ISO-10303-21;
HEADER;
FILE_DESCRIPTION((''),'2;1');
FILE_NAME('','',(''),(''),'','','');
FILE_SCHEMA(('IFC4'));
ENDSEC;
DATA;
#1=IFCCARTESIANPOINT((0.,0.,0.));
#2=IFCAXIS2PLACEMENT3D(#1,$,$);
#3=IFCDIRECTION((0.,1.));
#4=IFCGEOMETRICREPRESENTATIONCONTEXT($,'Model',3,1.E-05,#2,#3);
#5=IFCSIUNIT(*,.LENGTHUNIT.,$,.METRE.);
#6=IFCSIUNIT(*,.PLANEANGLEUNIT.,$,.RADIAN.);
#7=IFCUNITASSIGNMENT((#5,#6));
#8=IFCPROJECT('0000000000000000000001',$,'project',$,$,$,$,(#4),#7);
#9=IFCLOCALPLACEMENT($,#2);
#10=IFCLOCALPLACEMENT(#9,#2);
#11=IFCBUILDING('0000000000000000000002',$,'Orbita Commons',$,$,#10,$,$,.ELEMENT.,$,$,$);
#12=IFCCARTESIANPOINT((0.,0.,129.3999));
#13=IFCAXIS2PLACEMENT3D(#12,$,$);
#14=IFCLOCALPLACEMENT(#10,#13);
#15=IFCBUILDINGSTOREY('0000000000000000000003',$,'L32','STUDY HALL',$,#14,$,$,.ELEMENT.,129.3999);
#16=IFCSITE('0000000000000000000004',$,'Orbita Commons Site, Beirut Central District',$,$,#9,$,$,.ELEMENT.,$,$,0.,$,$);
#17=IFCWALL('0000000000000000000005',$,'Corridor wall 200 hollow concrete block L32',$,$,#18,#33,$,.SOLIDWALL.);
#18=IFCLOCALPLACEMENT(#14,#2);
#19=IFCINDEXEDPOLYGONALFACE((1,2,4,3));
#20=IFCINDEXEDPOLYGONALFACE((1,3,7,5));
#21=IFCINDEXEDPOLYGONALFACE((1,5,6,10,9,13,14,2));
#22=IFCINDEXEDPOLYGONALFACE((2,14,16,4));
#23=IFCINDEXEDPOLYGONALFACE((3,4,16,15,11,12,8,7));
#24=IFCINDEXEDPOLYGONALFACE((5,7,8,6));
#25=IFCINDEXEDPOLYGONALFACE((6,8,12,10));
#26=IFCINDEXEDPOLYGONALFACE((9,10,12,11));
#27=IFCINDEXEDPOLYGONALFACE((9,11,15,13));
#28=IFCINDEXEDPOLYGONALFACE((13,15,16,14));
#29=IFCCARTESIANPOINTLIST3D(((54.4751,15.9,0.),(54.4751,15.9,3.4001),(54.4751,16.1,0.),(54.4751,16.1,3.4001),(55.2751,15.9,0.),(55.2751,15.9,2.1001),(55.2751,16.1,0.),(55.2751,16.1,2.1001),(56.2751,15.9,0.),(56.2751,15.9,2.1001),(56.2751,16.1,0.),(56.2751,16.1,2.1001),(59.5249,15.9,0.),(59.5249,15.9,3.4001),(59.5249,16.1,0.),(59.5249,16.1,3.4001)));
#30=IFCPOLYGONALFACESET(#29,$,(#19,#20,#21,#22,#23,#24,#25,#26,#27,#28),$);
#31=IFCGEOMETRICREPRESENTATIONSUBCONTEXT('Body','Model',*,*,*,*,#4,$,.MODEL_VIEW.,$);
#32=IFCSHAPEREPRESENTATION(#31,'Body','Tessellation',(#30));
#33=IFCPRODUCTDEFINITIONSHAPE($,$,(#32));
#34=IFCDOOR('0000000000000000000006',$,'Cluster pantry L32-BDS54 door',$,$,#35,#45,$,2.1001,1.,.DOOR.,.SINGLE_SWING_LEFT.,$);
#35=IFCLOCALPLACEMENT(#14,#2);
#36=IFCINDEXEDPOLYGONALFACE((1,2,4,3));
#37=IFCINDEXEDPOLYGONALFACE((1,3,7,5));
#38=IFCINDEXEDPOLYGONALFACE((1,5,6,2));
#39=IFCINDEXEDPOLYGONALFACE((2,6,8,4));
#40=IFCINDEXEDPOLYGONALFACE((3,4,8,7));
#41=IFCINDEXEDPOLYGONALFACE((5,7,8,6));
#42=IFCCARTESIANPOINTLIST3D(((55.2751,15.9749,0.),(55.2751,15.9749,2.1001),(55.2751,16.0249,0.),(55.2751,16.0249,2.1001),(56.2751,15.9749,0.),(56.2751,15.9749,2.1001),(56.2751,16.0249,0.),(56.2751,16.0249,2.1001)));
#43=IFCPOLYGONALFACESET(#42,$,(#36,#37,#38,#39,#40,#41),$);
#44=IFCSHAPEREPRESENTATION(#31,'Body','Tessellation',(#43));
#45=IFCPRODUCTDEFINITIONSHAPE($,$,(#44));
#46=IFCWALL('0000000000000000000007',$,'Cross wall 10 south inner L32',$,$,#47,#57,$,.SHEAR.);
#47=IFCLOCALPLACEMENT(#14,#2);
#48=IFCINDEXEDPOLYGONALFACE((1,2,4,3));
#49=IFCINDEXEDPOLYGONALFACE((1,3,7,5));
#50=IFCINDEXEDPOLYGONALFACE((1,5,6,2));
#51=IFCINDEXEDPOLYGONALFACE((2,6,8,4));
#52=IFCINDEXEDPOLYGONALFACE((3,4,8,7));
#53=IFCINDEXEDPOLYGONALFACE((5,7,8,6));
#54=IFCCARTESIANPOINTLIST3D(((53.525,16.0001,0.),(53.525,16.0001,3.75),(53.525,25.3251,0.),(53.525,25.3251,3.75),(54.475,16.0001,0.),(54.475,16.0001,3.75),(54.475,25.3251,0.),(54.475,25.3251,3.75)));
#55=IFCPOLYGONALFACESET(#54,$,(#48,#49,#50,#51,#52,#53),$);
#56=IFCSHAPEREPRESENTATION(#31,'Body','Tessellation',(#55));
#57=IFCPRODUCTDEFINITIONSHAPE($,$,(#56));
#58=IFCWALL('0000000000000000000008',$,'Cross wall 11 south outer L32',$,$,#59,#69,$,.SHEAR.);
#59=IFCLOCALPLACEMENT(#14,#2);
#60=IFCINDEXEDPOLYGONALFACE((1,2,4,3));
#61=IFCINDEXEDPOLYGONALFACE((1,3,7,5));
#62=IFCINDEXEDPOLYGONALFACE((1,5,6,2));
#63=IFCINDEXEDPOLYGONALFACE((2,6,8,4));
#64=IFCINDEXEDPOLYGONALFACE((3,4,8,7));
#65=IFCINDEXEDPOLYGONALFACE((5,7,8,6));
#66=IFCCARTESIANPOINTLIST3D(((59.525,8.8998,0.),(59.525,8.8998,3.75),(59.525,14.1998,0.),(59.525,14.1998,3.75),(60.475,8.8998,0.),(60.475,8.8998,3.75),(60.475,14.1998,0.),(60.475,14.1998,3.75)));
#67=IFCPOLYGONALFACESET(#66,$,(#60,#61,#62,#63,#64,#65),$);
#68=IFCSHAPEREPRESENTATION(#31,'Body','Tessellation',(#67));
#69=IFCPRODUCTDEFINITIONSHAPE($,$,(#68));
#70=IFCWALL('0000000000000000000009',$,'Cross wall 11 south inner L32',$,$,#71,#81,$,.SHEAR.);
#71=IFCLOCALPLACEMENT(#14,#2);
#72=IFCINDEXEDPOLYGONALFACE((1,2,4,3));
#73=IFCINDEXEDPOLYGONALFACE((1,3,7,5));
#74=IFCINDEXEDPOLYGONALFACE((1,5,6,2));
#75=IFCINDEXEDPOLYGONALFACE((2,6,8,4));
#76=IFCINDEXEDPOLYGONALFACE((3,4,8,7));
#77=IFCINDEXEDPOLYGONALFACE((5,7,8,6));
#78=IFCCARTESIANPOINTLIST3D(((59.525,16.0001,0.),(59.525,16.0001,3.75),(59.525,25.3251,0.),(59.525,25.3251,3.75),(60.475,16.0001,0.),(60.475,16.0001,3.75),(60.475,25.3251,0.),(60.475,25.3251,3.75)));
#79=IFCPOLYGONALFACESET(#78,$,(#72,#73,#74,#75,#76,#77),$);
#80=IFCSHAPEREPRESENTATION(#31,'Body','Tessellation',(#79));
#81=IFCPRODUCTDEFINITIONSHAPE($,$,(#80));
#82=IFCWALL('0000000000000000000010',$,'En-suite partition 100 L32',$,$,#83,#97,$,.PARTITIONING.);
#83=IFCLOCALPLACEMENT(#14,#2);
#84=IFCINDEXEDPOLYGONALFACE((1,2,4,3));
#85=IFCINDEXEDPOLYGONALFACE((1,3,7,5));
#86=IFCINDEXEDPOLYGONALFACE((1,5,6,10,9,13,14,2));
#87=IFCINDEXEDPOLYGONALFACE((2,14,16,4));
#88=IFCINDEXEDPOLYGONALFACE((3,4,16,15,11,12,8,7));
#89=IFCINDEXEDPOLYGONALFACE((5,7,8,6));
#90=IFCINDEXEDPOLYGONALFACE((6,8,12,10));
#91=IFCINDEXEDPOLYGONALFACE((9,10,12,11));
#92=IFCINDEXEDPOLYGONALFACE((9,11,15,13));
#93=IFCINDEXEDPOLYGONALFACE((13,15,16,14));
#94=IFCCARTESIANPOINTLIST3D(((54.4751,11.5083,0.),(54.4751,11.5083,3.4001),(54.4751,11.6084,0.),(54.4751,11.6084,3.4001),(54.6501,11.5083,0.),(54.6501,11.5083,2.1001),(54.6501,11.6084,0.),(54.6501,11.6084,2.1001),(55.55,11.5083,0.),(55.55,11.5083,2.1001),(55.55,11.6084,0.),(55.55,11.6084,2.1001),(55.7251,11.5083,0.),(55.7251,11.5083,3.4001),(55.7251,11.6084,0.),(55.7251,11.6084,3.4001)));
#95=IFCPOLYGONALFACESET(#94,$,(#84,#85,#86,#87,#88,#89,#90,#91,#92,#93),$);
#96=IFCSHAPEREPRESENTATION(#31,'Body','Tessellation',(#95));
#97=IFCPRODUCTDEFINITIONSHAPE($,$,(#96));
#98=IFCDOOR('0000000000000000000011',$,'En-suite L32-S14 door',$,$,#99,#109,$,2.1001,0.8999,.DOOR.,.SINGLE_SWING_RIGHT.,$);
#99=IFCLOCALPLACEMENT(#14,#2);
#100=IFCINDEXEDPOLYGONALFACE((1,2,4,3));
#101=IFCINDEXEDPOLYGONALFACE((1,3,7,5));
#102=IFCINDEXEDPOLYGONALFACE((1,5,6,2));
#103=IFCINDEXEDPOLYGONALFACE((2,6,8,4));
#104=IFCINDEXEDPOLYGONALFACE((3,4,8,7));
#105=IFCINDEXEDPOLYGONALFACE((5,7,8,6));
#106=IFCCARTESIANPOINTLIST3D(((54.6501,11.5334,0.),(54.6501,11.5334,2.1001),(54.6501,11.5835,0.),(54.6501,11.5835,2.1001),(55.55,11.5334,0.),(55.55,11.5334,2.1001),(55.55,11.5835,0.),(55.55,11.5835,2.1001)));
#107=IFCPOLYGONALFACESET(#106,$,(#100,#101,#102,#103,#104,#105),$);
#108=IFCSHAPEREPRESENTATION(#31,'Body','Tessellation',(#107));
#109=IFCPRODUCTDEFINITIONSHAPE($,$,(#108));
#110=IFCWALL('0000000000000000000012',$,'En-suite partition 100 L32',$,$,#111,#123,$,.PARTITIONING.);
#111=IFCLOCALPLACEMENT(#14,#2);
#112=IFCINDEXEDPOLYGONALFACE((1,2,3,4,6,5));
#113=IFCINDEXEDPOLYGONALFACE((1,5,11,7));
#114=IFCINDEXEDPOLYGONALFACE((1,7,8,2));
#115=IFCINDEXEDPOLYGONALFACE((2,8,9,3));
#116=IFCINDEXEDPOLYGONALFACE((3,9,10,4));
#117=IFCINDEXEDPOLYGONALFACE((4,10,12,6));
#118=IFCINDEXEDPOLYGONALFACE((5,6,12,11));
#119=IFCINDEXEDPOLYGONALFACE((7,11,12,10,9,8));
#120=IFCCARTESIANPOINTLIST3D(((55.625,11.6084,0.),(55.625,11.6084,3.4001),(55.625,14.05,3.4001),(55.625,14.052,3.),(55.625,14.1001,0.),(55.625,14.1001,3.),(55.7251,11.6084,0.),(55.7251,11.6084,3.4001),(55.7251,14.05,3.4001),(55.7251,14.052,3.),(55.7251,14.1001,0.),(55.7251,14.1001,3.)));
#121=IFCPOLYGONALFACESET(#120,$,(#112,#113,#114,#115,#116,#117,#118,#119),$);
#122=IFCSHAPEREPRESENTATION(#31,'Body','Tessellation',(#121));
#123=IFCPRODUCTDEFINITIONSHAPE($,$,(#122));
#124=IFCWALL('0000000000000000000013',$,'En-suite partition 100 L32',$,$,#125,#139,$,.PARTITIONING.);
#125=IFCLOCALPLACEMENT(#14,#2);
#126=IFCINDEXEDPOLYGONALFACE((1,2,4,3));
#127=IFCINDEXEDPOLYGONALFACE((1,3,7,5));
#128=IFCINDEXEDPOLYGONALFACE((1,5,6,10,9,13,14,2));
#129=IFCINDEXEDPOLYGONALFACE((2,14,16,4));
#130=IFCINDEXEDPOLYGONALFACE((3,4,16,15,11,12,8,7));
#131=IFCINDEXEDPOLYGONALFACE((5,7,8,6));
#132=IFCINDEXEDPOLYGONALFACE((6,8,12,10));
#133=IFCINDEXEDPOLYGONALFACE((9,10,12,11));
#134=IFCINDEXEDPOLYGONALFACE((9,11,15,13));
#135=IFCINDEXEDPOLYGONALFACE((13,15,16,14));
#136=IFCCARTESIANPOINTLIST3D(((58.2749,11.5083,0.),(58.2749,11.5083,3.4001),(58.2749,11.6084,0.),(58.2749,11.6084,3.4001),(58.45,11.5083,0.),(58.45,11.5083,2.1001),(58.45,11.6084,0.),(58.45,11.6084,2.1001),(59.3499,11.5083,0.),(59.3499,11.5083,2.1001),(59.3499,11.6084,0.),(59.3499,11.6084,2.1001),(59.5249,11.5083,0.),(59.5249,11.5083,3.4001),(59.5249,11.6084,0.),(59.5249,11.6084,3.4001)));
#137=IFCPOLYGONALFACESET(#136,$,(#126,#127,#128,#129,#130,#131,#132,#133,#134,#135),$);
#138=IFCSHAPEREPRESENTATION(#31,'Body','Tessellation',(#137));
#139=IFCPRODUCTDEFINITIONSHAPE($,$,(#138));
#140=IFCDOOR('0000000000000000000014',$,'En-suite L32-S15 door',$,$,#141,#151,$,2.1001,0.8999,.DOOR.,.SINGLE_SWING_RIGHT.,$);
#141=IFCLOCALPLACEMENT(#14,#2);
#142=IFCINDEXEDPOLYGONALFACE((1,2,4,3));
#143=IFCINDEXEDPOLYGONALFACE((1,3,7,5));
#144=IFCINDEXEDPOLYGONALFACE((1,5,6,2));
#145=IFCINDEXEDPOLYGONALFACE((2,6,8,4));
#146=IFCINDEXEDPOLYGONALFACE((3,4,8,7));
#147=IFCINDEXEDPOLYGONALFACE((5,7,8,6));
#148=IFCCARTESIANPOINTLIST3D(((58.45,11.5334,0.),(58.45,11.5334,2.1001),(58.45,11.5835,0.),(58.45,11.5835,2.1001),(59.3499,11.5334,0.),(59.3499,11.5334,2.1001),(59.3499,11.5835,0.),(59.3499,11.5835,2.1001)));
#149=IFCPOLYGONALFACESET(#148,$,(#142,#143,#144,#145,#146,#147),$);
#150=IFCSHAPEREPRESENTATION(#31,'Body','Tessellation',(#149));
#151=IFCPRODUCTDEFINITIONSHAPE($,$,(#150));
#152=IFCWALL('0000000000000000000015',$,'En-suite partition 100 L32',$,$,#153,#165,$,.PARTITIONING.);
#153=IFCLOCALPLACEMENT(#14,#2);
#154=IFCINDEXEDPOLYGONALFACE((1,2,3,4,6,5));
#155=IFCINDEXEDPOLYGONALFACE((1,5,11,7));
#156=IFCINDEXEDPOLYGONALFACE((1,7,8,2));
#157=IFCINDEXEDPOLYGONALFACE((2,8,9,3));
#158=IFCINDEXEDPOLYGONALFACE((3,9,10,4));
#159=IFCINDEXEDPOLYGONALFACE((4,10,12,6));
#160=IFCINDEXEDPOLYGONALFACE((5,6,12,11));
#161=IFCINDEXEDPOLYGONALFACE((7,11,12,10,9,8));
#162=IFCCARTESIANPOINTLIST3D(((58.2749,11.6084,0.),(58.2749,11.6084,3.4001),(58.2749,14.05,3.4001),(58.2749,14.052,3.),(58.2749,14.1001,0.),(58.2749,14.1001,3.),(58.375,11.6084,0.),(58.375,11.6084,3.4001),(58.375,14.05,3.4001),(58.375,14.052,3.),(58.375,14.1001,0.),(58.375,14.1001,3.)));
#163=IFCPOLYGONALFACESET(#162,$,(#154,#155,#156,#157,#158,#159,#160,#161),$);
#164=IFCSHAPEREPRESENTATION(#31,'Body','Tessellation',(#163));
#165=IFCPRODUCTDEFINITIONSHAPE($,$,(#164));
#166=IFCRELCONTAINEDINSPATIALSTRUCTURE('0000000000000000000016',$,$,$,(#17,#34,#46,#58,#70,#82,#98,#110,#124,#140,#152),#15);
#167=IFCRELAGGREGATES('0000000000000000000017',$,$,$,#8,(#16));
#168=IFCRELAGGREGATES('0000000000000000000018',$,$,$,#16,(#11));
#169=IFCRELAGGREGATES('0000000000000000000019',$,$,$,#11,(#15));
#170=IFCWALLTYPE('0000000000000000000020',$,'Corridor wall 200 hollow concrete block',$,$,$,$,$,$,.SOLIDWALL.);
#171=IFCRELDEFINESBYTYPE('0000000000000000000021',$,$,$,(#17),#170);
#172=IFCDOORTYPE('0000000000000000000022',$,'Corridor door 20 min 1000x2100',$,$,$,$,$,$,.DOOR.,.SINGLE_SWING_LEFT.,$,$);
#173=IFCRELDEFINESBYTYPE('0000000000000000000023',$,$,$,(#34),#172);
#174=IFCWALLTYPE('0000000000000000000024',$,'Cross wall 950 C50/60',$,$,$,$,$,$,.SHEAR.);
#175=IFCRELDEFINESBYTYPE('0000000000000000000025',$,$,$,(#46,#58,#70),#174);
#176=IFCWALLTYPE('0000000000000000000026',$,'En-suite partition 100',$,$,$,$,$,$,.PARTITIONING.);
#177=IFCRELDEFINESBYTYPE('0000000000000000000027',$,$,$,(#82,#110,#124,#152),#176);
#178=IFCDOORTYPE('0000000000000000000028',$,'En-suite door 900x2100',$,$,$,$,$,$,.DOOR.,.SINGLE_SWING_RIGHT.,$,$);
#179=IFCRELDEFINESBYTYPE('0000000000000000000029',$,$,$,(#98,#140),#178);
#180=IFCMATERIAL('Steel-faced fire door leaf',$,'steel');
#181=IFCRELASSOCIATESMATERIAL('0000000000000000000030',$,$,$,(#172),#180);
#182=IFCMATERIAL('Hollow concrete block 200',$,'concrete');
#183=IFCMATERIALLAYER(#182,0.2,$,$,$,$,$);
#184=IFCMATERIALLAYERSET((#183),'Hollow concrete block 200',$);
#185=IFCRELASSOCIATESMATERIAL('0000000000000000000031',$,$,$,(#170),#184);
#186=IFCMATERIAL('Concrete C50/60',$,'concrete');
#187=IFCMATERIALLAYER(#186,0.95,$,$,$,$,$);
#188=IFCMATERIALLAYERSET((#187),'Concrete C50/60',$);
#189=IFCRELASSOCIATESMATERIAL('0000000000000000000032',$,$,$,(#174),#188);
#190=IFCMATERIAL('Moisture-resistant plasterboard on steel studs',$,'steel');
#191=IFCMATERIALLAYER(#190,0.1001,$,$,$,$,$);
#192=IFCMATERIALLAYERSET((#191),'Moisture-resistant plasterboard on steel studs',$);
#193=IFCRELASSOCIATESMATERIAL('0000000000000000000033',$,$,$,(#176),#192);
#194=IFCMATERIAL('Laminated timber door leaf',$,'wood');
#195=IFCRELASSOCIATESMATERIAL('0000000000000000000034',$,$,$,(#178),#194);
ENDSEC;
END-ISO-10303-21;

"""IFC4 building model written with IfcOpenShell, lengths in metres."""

from ifc_helpers import new_model, si_unit, direction, frame, frame_2d, origin, place, context, subcontext, project, spatial, polyline, rectangle, outline, extrude, material, layer, layer_set, type_object, element, fill, save


model = new_model("IFC4")

# Units and contexts
model_context = context("Model", 3, precision=1e-05, world=origin(), true_north=direction((0.0, 1.0)))
body_context = subcontext(model_context, "Body", "Model", "MODEL_VIEW")
ifc_project = project(units=[si_unit("LENGTHUNIT", "METRE"), si_unit("PLANEANGLEUNIT", "RADIAN")], contexts=[model_context])

# Site, building, storey
site_placement = place(None, origin())
site = spatial("IfcSite", under=ifc_project, at=site_placement, Name="Orbita Commons Site, Beirut Central District", CompositionType="ELEMENT", RefElevation=0.0)
building_placement = place(site_placement, origin())
building = spatial("IfcBuilding", under=site, at=building_placement, Name="Orbita Commons", CompositionType="ELEMENT")
storey_placement = place(building_placement, frame((0.0, 0.0, 129.3999)))
storey = spatial("IfcBuildingStorey", under=building, at=storey_placement, Name="L32", Description="STUDY HALL", CompositionType="ELEMENT", Elevation=129.3999)

# Wall, opening, door
ifc_material_1 = material(Name="Steel-faced fire door leaf", Category="steel")
door_type_1 = type_object("IfcDoorType", Name="Corridor door 20 min 1000x2100", OperationType="SINGLE_SWING_LEFT", PredefinedType="DOOR", material=ifc_material_1)
ifc_material_2 = material(Name="Hollow concrete block 200", Category="concrete")
ifc_layer_1 = layer(ifc_material_2, 0.2)
ifc_layer_set_1 = layer_set([ifc_layer_1], Name="Hollow concrete block 200")
wall_type_1 = type_object("IfcWallType", Name="Corridor wall 200 hollow concrete block", PredefinedType="SOLIDWALL", material=ifc_layer_set_1)
wall_1_placement = place(storey_placement, frame((54.4751, 16.0, 0.0), z_axis=(0.0, 0.0, 1.0), x_axis=(1.0, 0.0, 0.0)))
wall_1 = element("IfcWall", 1, at=wall_1_placement, inside=storey, type_object=wall_type_1, Name="Corridor wall 200 hollow concrete block L32", PredefinedType="SOLIDWALL", context=body_context, shape_type="SweptSolid", body=[
    extrude(rectangle(XDim=5.0498, YDim=0.2, at=frame_2d((2.5249, 0.0))), origin(), (0.0, 0.0, 1.0), 3.4001),
])
opening_1_placement = place(wall_1_placement, frame((0.8, 0.0, 0.0)))
opening_1 = element("IfcOpeningElement", 2, at=opening_1_placement, cuts=wall_1, PredefinedType="OPENING", context=body_context, shape_type="SweptSolid", body=[
    extrude(rectangle(XDim=1.0, YDim=2.1001, at=frame_2d((0.5, 1.05))), frame((0.0, 0.1099, 0.0), z_axis=(0.0, -1.0, 0.0), x_axis=(1.0, 0.0, 0.0)), (0.0, 0.0, 1.0), 0.22),
])
door_1_placement = place(opening_1_placement, origin())
door_1 = element("IfcDoor", 3, at=door_1_placement, inside=storey, type_object=door_type_1, Name="Cluster pantry L32-BDS54 door", OperationType="SINGLE_SWING_LEFT", OverallHeight=2.1001, OverallWidth=1.0, PredefinedType="DOOR", context=body_context, shape_type="SweptSolid", body=[
    extrude(rectangle(XDim=1.0, YDim=2.1001, at=frame_2d((0.5, 1.05))), frame((0.0, 0.0249, 0.0), z_axis=(0.0, -1.0, 0.0), x_axis=(1.0, 0.0, 0.0)), (0.0, 0.0, 1.0), 0.05),
])
fill(opening_1, door_1)

# Walls
ifc_material_3 = material(Name="Concrete C50/60", Category="concrete")
ifc_layer_2 = layer(ifc_material_3, 0.95)
ifc_layer_set_2 = layer_set([ifc_layer_2], Name="Concrete C50/60")
wall_type_2 = type_object("IfcWallType", Name="Cross wall 950 C50/60", PredefinedType="SHEAR", material=ifc_layer_set_2)
wall_2_placement = place(storey_placement, frame((54.0, 16.0, 0.0), z_axis=(0.0, 0.0, 1.0), x_axis=(0.0, 1.0, 0.0)))
element("IfcWall", 4, at=wall_2_placement, inside=storey, type_object=wall_type_2, Name="Cross wall 10 south inner L32", PredefinedType="SHEAR", context=body_context, shape_type="SweptSolid", body=[
    extrude(rectangle(XDim=9.325, YDim=0.95, at=frame_2d((4.6626, 0.0))), origin(), (0.0, 0.0, 1.0), 3.75),
])
wall_3_placement = place(storey_placement, frame((60.0, 8.8999, 0.0), z_axis=(0.0, 0.0, 1.0), x_axis=(0.0, 1.0, 0.0)))
element("IfcWall", 5, at=wall_3_placement, inside=storey, type_object=wall_type_2, Name="Cross wall 11 south outer L32", PredefinedType="SHEAR", context=body_context, shape_type="SweptSolid", body=[
    extrude(rectangle(XDim=5.3, YDim=0.95, at=frame_2d((2.6499, 0.0))), origin(), (0.0, 0.0, 1.0), 3.75),
])
wall_4_placement = place(storey_placement, frame((60.0, 16.0, 0.0), z_axis=(0.0, 0.0, 1.0), x_axis=(0.0, 1.0, 0.0)))
element("IfcWall", 6, at=wall_4_placement, inside=storey, type_object=wall_type_2, Name="Cross wall 11 south inner L32", PredefinedType="SHEAR", context=body_context, shape_type="SweptSolid", body=[
    extrude(rectangle(XDim=9.325, YDim=0.95, at=frame_2d((4.6626, 0.0))), origin(), (0.0, 0.0, 1.0), 3.75),
])

# Wall, opening, door
ifc_material_4 = material(Name="Moisture-resistant plasterboard on steel studs", Category="steel")
ifc_layer_3 = layer(ifc_material_4, 0.1001)
ifc_layer_set_3 = layer_set([ifc_layer_3], Name="Moisture-resistant plasterboard on steel studs")
wall_type_3 = type_object("IfcWallType", Name="En-suite partition 100", PredefinedType="PARTITIONING", material=ifc_layer_set_3)
wall_5_placement = place(storey_placement, frame((55.7251, 11.5583, 0.0), z_axis=(0.0, 0.0, 1.0), x_axis=(-1.0, 0.0, 0.0)))
wall_5 = element("IfcWall", 7, at=wall_5_placement, inside=storey, type_object=wall_type_3, Name="En-suite partition 100 L32", PredefinedType="PARTITIONING", context=body_context, shape_type="SweptSolid", body=[
    extrude(rectangle(XDim=1.25, YDim=0.1001, at=frame_2d((0.625, 0.0))), origin(), (0.0, 0.0, 1.0), 3.4001),
])
opening_2_placement = place(wall_5_placement, frame((0.175, 0.0, 0.0)))
opening_2 = element("IfcOpeningElement", 8, at=opening_2_placement, cuts=wall_5, PredefinedType="OPENING", context=body_context, shape_type="SweptSolid", body=[
    extrude(rectangle(XDim=0.8999, YDim=2.1001, at=frame_2d((0.45, 1.05))), frame((0.0, 0.0601, 0.0), z_axis=(0.0, -1.0, 0.0), x_axis=(1.0, 0.0, 0.0)), (0.0, 0.0, 1.0), 0.1201),
])
ifc_material_5 = material(Name="Laminated timber door leaf", Category="wood")
door_type_2 = type_object("IfcDoorType", Name="En-suite door 900x2100", OperationType="SINGLE_SWING_RIGHT", PredefinedType="DOOR", material=ifc_material_5)
door_2_placement = place(opening_2_placement, origin())
door_2 = element("IfcDoor", 9, at=door_2_placement, inside=storey, type_object=door_type_2, Name="En-suite L32-S14 door", OperationType="SINGLE_SWING_RIGHT", OverallHeight=2.1001, OverallWidth=0.8999, PredefinedType="DOOR", context=body_context, shape_type="SweptSolid", body=[
    extrude(rectangle(XDim=0.8999, YDim=2.1001, at=frame_2d((0.45, 1.05))), frame((0.0, 0.0249, 0.0), z_axis=(0.0, -1.0, 0.0), x_axis=(1.0, 0.0, 0.0)), (0.0, 0.0, 1.0), 0.05),
])
fill(opening_2, door_2)

# Wall
wall_6_placement = place(storey_placement, frame((55.675, 11.6084, 0.0), z_axis=(0.0, 0.0, 1.0), x_axis=(0.0, 1.0, 0.0)))
element("IfcWall", 10, at=wall_6_placement, inside=storey, type_object=wall_type_3, Name="En-suite partition 100 L32", PredefinedType="PARTITIONING", context=body_context, shape_type="SweptSolid", body=[
    extrude(outline(polyline([(0.0, 0.0), (2.4917, 0.0), (2.4917, 3.0), (2.4436, 3.0), (2.4417, 3.4001), (0.0, 3.4001), (0.0, 0.0)])), frame((0.0, 0.05, 0.0), z_axis=(0.0, -1.0, 0.0), x_axis=(1.0, 0.0, 0.0)), (0.0, 0.0, 1.0), 0.1001),
])

# Wall, opening, door
wall_7_placement = place(storey_placement, frame((59.5249, 11.5583, 0.0), z_axis=(0.0, 0.0, 1.0), x_axis=(-1.0, 0.0, 0.0)))
wall_7 = element("IfcWall", 11, at=wall_7_placement, inside=storey, type_object=wall_type_3, Name="En-suite partition 100 L32", PredefinedType="PARTITIONING", context=body_context, shape_type="SweptSolid", body=[
    extrude(rectangle(XDim=1.25, YDim=0.1001, at=frame_2d((0.625, 0.0))), origin(), (0.0, 0.0, 1.0), 3.4001),
])
opening_3_placement = place(wall_7_placement, frame((0.175, 0.0, 0.0)))
opening_3 = element("IfcOpeningElement", 12, at=opening_3_placement, cuts=wall_7, PredefinedType="OPENING", context=body_context, shape_type="SweptSolid", body=[
    extrude(rectangle(XDim=0.8999, YDim=2.1001, at=frame_2d((0.45, 1.05))), frame((0.0, 0.0601, 0.0), z_axis=(0.0, -1.0, 0.0), x_axis=(1.0, 0.0, 0.0)), (0.0, 0.0, 1.0), 0.1201),
])
door_3_placement = place(opening_3_placement, origin())
door_3 = element("IfcDoor", 13, at=door_3_placement, inside=storey, type_object=door_type_2, Name="En-suite L32-S15 door", OperationType="SINGLE_SWING_RIGHT", OverallHeight=2.1001, OverallWidth=0.8999, PredefinedType="DOOR", context=body_context, shape_type="SweptSolid", body=[
    extrude(rectangle(XDim=0.8999, YDim=2.1001, at=frame_2d((0.45, 1.05))), frame((0.0, 0.0249, 0.0), z_axis=(0.0, -1.0, 0.0), x_axis=(1.0, 0.0, 0.0)), (0.0, 0.0, 1.0), 0.05),
])
fill(opening_3, door_3)

# Wall
wall_8_placement = place(storey_placement, frame((58.325, 11.6084, 0.0), z_axis=(0.0, 0.0, 1.0), x_axis=(0.0, 1.0, 0.0)))
element("IfcWall", 14, at=wall_8_placement, inside=storey, type_object=wall_type_3, Name="En-suite partition 100 L32", PredefinedType="PARTITIONING", context=body_context, shape_type="SweptSolid", body=[
    extrude(outline(polyline([(0.0, 0.0), (2.4917, 0.0), (2.4917, 3.0), (2.4436, 3.0), (2.4417, 3.4001), (0.0, 3.4001), (0.0, 0.0)])), frame((0.0, 0.05, 0.0), z_axis=(0.0, -1.0, 0.0), x_axis=(1.0, 0.0, 0.0)), (0.0, 0.0, 1.0), 0.1001),
])

save(model, "model.ifc")
